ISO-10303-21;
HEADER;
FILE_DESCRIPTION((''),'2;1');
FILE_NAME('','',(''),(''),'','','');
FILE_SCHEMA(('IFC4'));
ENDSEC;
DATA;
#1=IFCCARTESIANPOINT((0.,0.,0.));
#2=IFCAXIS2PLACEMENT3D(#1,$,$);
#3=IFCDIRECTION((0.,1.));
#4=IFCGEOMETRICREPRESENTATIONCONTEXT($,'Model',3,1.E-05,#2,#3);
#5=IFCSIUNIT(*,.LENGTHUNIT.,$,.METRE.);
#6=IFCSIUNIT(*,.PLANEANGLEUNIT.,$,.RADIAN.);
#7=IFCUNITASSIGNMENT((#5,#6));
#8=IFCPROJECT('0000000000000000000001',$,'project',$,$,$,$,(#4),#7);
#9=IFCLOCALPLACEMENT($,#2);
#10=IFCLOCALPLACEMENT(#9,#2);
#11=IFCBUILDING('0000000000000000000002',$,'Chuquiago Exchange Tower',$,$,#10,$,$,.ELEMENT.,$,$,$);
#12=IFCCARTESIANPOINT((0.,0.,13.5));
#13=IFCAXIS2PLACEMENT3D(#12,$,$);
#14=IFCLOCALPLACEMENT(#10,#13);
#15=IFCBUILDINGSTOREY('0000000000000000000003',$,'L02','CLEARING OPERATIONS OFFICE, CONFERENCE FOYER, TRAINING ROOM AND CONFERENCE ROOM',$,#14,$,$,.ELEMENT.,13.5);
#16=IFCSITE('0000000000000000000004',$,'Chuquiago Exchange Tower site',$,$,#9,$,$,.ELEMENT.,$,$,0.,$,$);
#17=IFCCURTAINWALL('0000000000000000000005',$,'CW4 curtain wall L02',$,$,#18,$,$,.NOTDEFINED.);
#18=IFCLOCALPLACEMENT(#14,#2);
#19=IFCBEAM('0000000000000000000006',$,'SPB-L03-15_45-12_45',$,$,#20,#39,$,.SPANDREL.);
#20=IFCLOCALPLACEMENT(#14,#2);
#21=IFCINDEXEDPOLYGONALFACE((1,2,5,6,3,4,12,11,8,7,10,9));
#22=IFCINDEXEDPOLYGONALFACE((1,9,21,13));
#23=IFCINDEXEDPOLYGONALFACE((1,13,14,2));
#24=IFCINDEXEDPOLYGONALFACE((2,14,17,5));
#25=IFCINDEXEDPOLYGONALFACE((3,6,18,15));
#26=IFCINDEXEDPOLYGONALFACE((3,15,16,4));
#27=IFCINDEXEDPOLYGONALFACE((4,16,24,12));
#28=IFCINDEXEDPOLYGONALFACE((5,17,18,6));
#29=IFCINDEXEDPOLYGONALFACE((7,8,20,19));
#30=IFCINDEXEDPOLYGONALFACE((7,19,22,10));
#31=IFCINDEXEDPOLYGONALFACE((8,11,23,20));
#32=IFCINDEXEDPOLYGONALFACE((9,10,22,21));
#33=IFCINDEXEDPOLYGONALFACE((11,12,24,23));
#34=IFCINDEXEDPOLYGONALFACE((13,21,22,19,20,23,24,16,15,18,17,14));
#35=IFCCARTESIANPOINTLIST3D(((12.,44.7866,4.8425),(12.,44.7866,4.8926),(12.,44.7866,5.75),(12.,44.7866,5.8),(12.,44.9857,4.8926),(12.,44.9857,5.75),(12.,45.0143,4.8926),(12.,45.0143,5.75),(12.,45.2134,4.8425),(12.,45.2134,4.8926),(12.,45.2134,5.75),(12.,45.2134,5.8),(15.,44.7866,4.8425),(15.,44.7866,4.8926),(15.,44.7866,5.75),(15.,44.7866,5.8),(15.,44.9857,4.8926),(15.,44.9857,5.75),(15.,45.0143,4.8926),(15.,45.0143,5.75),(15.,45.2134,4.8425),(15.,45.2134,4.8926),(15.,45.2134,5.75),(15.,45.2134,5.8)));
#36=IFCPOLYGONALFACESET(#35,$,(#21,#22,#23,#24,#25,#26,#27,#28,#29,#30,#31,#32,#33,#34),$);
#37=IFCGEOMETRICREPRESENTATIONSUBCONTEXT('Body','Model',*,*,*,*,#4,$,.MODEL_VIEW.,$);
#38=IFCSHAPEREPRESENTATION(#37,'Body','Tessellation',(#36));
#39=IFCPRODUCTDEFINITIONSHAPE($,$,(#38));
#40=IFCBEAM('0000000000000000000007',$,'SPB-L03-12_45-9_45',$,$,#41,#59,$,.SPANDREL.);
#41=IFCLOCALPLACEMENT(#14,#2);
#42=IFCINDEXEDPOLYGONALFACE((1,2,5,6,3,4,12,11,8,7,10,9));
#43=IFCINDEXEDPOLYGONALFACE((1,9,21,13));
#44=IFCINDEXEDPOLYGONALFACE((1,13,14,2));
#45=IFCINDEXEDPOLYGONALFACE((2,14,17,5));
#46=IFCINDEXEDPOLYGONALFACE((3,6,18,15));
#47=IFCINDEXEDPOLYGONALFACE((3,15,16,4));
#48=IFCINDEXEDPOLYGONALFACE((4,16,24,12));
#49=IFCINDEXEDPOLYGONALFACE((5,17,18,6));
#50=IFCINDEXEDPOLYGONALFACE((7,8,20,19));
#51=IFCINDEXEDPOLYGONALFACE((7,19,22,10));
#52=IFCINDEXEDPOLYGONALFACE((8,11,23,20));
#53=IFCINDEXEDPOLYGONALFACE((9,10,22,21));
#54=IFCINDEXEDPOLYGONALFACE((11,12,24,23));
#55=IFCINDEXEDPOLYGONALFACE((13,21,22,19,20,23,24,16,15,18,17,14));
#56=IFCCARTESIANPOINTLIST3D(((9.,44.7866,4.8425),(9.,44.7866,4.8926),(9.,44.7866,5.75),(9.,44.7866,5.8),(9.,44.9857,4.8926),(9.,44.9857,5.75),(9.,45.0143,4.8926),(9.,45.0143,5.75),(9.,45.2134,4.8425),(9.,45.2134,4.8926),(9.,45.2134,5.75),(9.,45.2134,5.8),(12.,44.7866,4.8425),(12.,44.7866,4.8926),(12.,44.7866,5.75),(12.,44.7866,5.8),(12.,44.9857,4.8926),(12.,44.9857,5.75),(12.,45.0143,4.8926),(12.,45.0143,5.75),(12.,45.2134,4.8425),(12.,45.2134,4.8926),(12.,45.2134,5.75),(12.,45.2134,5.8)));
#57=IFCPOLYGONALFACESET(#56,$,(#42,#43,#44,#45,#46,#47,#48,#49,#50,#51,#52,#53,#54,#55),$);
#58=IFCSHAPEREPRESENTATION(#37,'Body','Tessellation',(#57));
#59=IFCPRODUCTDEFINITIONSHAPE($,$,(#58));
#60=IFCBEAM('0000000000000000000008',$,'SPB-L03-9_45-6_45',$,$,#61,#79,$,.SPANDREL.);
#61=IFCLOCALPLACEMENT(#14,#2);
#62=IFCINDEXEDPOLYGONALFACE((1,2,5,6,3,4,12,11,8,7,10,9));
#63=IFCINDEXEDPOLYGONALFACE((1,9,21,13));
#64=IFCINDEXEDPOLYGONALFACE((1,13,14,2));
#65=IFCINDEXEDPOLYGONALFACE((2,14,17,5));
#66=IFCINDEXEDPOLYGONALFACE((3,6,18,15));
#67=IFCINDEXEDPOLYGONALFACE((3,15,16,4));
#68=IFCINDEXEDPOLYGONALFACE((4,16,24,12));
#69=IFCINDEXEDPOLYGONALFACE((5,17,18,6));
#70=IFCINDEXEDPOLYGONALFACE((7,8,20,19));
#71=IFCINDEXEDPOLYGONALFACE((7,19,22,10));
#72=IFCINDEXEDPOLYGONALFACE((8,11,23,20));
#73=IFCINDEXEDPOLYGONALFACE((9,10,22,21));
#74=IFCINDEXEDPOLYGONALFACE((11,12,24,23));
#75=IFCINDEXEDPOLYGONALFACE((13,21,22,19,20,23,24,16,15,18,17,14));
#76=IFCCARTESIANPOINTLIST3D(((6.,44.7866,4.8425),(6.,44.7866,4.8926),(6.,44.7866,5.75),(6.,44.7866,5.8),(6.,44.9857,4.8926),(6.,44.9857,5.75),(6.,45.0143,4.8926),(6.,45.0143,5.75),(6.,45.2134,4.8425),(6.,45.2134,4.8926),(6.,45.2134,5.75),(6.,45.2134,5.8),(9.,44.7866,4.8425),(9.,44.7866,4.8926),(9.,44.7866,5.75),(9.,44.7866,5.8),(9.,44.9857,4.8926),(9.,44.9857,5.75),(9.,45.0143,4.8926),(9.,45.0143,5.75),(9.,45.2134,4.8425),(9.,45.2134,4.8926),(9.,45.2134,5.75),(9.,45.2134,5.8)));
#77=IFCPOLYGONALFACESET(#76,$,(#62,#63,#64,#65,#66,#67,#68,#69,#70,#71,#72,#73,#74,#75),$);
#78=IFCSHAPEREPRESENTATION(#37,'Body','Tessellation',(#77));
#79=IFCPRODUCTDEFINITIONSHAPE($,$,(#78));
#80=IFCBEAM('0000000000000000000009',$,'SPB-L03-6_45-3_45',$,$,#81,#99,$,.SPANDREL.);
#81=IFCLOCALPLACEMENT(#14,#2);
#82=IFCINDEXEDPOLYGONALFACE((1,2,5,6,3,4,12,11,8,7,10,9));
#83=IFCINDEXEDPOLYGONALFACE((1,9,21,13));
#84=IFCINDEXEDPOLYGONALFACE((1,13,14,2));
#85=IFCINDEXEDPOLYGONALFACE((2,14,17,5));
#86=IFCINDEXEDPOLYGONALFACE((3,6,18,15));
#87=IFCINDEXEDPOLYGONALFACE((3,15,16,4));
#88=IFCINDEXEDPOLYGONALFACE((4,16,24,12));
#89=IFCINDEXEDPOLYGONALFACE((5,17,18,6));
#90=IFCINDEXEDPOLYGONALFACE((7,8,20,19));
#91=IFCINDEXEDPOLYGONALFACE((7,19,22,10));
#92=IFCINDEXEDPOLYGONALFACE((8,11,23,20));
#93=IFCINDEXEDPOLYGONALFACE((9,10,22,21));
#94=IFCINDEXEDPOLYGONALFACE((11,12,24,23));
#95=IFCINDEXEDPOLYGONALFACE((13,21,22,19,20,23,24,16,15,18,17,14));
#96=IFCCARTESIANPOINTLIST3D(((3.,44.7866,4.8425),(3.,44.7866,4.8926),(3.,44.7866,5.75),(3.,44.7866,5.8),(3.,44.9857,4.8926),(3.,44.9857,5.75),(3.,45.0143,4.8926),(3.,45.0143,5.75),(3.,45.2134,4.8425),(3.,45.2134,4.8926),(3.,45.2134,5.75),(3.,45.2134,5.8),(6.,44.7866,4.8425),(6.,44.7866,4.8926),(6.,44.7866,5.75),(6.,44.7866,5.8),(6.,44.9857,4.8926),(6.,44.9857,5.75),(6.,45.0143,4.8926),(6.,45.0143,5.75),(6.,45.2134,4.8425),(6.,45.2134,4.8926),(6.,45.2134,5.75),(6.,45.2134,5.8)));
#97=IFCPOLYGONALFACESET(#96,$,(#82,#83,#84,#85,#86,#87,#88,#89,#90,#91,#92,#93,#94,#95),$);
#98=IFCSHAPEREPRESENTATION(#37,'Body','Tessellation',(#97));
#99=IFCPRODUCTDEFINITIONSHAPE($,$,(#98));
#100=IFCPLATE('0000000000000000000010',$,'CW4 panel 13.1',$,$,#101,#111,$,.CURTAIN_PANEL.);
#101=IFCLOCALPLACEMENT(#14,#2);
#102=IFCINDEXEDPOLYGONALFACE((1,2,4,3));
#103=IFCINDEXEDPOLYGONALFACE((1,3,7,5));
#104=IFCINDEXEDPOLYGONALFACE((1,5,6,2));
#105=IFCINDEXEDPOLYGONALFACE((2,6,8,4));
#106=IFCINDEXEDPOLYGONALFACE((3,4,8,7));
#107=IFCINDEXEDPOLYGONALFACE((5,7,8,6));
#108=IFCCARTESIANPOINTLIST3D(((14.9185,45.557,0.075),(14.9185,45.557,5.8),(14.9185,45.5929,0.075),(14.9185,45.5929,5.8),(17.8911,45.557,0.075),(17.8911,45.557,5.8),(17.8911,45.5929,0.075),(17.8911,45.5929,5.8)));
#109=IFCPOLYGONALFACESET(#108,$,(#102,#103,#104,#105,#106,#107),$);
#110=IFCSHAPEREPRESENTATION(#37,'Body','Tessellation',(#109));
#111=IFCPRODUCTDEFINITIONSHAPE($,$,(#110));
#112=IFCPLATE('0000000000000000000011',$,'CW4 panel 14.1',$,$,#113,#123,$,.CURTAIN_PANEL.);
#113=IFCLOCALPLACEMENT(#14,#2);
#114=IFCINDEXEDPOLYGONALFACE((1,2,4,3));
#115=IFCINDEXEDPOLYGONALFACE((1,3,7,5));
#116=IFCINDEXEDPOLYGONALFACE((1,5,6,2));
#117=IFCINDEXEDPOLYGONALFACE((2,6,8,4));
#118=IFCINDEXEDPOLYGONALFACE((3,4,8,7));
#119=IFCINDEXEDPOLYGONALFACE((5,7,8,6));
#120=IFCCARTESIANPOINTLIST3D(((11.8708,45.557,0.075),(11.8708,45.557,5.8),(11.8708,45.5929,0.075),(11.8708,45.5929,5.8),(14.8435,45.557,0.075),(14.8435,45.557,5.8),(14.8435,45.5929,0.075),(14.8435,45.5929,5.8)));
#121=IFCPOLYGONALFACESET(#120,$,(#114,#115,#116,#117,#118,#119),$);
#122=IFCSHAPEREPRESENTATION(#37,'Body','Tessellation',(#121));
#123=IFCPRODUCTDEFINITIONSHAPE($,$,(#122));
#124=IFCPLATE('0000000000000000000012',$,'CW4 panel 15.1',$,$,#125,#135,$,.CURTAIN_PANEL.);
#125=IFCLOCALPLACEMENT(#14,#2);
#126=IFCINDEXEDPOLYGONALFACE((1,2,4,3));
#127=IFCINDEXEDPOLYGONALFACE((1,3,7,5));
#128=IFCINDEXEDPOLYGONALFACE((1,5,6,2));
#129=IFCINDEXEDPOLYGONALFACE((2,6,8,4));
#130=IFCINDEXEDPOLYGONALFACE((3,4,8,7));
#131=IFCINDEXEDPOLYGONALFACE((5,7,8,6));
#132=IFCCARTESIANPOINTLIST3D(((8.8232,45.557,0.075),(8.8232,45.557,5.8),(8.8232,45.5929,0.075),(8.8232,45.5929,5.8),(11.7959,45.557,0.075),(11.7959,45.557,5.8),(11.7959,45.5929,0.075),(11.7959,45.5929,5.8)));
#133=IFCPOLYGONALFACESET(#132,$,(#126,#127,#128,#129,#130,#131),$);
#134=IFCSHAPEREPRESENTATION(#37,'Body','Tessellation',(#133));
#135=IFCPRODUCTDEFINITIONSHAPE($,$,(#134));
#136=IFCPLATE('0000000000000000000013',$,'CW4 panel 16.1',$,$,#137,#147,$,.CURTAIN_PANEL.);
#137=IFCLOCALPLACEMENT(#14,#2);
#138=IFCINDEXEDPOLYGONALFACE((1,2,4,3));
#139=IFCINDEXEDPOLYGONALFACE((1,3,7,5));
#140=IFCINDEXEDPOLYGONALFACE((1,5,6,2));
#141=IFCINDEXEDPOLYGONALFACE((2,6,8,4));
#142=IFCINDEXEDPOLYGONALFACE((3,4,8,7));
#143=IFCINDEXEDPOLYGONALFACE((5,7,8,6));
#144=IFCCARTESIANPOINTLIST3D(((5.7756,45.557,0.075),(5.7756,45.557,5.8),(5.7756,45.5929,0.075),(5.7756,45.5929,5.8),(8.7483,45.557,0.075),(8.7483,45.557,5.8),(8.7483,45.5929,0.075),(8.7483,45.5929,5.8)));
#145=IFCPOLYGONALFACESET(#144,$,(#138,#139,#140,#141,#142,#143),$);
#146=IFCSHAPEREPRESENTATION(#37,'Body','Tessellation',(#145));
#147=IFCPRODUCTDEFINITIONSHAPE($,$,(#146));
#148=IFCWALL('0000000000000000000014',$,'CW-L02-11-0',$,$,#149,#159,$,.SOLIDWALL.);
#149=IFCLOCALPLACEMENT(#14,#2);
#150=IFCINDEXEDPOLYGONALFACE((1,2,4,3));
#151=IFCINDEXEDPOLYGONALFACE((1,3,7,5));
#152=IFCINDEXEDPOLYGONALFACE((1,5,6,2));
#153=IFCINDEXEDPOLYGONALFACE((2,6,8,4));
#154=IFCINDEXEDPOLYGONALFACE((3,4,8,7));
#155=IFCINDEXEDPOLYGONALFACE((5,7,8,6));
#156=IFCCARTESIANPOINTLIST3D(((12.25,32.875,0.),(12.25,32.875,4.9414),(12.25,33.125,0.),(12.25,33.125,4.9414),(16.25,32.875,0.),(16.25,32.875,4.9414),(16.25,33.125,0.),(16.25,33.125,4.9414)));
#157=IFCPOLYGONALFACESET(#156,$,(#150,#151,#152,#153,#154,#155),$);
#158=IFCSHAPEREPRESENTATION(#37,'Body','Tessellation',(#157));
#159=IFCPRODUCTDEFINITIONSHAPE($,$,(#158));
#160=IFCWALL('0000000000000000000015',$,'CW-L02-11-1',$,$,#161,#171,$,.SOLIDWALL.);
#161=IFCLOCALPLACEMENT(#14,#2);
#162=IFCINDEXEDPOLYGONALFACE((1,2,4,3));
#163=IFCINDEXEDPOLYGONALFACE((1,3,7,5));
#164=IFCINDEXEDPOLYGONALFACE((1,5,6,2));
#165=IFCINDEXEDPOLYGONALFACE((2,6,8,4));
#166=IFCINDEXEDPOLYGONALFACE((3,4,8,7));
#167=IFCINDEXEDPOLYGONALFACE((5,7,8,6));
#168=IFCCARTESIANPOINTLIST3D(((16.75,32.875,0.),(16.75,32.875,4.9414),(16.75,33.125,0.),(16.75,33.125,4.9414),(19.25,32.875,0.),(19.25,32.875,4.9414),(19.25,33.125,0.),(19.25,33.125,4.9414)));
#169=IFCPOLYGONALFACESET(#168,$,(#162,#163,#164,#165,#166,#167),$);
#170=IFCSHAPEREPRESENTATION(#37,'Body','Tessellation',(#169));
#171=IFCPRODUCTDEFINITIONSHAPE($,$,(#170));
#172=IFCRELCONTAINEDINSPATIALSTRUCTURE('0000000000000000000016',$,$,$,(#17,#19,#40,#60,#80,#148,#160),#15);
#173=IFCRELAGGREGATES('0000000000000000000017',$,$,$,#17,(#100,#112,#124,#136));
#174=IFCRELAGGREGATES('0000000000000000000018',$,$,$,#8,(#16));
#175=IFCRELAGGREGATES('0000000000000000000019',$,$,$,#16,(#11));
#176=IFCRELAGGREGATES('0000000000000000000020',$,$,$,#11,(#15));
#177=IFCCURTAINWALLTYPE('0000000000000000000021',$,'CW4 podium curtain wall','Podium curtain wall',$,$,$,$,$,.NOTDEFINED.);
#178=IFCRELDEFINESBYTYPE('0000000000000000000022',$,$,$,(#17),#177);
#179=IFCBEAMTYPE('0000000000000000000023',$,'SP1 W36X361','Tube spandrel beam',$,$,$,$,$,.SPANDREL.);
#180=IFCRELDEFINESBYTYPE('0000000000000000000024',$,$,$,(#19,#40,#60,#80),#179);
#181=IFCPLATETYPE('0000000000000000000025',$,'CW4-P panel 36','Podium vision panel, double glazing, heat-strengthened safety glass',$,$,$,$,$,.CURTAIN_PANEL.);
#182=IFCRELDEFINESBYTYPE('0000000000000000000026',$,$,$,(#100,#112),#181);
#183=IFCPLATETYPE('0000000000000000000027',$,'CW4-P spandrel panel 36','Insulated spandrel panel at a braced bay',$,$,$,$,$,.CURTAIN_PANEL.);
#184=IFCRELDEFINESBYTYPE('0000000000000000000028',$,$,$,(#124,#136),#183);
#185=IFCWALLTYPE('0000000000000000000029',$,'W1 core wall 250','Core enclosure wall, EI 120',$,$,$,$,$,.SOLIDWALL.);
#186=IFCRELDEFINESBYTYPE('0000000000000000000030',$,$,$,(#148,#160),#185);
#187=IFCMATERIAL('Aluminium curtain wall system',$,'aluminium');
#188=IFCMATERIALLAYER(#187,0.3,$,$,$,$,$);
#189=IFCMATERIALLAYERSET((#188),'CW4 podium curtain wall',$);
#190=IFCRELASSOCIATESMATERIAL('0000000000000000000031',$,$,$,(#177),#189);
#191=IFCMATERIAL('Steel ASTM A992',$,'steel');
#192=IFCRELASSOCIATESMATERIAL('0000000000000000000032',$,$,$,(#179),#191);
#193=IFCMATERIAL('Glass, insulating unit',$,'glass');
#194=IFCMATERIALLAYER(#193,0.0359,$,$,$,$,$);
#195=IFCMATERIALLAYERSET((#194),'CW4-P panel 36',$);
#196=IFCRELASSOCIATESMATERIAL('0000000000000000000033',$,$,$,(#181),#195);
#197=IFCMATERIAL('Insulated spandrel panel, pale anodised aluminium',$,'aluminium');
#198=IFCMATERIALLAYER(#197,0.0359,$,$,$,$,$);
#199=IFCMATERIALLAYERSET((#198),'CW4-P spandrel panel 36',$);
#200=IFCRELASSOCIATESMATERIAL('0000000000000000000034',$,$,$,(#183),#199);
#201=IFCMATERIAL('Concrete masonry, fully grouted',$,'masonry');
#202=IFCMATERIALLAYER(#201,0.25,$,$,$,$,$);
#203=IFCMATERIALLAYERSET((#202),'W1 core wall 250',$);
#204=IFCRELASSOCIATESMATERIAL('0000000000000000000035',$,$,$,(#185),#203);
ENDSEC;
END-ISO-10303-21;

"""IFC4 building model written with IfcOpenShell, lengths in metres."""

from ifc_helpers import new_model, si_unit, direction, frame, frame_2d, origin, origin_2d, place, context, subcontext, project, spatial, rectangle, i_section, extrude, material, layer, layer_set, material_profile, profile_set, type_object, element, aggregate, save


model = new_model("IFC4")

# Units and contexts
model_context = context("Model", 3, precision=1e-05, world=origin(), true_north=direction((0.0, 1.0)))
body_context = subcontext(model_context, "Body", "Model", "MODEL_VIEW")
ifc_project = project(units=[si_unit("LENGTHUNIT", "METRE"), si_unit("PLANEANGLEUNIT", "RADIAN")], contexts=[model_context])

# Site, building, storey
site_placement = place(None, origin())
site = spatial("IfcSite", under=ifc_project, at=site_placement, Name="Chuquiago Exchange Tower site", CompositionType="ELEMENT", RefElevation=0.0)
building_placement = place(site_placement, origin())
building = spatial("IfcBuilding", under=site, at=building_placement, Name="Chuquiago Exchange Tower", CompositionType="ELEMENT")
storey_placement = place(building_placement, frame((0.0, 0.0, 13.5)))
storey = spatial("IfcBuildingStorey", under=building, at=storey_placement, Name="L02", Description="CLEARING OPERATIONS OFFICE, CONFERENCE FOYER, TRAINING ROOM AND CONFERENCE ROOM", CompositionType="ELEMENT", Elevation=13.5)

# Curtain wall
ifc_material_1 = material(Name="Aluminium curtain wall system", Category="aluminium")
ifc_layer_1 = layer(ifc_material_1, 0.3)
ifc_layer_set_1 = layer_set([ifc_layer_1], Name="CW4 podium curtain wall")
curtain_wall_type = type_object("IfcCurtainWallType", Name="CW4 podium curtain wall", Description="Podium curtain wall", PredefinedType="NOTDEFINED", material=ifc_layer_set_1)
curtain_wall_placement = place(storey_placement, origin())
curtain_wall = element("IfcCurtainWall", 1, at=curtain_wall_placement, inside=storey, type_object=curtain_wall_type, Name="CW4 curtain wall L02", PredefinedType="NOTDEFINED")

# Beams
ifc_material_2 = material(Name="Steel ASTM A992", Category="steel")
ifc_material_profile_1 = material_profile(ifc_material_2, i_section(OverallWidth=0.4268, OverallDepth=0.9575, WebThickness=0.0286, FlangeThickness=0.05, at=origin_2d()), Name="W36X361")
ifc_profile_set_1 = profile_set([ifc_material_profile_1], Name="Steel ASTM A992")
beam_type_1 = type_object("IfcBeamType", Name="SP1 W36X361", Description="Tube spandrel beam", PredefinedType="SPANDREL", material=ifc_profile_set_1)
for number, where, z_axis, x_axis, name in (
    (2, (15.0, 45.0, 5.3213), (-1.0, 0.0, 0.0), (0.0, -1.0, 0.0), "SPB-L03-15_45-12_45"),
    (3, (12.0, 45.0, 5.3213), (-1.0, 0.0, 0.0), (0.0, -1.0, 0.0), "SPB-L03-12_45-9_45"),
    (4, (9.0, 45.0, 5.3213), (-1.0, 0.0, 0.0), (0.0, -1.0, 0.0), "SPB-L03-9_45-6_45"),
    (5, (6.0, 45.0, 5.3213), (-1.0, 0.0, 0.0), (0.0, -1.0, 0.0), "SPB-L03-6_45-3_45"),
):
    element("IfcBeam", number, at=place(storey_placement, frame(where, z_axis=z_axis, x_axis=x_axis)), inside=storey, type_object=beam_type_1, Name=name, PredefinedType="SPANDREL", context=body_context, shape_type="SweptSolid", body=[
        extrude(i_section(OverallWidth=0.4268, OverallDepth=0.9575, WebThickness=0.0286, FlangeThickness=0.05, at=origin_2d()), origin(), (0.0, 0.0, 1.0), 3.0),
    ])

# Plates
ifc_material_3 = material(Name="Glass, insulating unit", Category="glass")
ifc_layer_2 = layer(ifc_material_3, 0.0359)
ifc_layer_set_2 = layer_set([ifc_layer_2], Name="CW4-P panel 36")
plate_type_1 = type_object("IfcPlateType", Name="CW4-P panel 36", Description="Podium vision panel, double glazing, heat-strengthened safety glass", PredefinedType="CURTAIN_PANEL", material=ifc_layer_set_2)
plate_1_placement = place(storey_placement, frame((16.4048, 45.575, 0.075), z_axis=(0.0, 0.0, 1.0), x_axis=(-1.0, 0.0, 0.0)))
plate_1 = element("IfcPlate", 6, at=plate_1_placement, type_object=plate_type_1, Name="CW4 panel 13.1", PredefinedType="CURTAIN_PANEL", context=body_context, shape_type="SweptSolid", body=[
    extrude(rectangle(XDim=2.9727, YDim=0.0359, at=origin_2d()), origin(), (0.0, 0.0, 1.0), 5.7251),
])
plate_2_placement = place(storey_placement, frame((13.3572, 45.575, 0.075), z_axis=(0.0, 0.0, 1.0), x_axis=(-1.0, 0.0, 0.0)))
plate_2 = element("IfcPlate", 7, at=plate_2_placement, type_object=plate_type_1, Name="CW4 panel 14.1", PredefinedType="CURTAIN_PANEL", context=body_context, shape_type="SweptSolid", body=[
    extrude(rectangle(XDim=2.9727, YDim=0.0359, at=origin_2d()), origin(), (0.0, 0.0, 1.0), 5.7251),
])
ifc_material_4 = material(Name="Insulated spandrel panel, pale anodised aluminium", Category="aluminium")
ifc_layer_3 = layer(ifc_material_4, 0.0359)
ifc_layer_set_3 = layer_set([ifc_layer_3], Name="CW4-P spandrel panel 36")
plate_type_2 = type_object("IfcPlateType", Name="CW4-P spandrel panel 36", Description="Insulated spandrel panel at a braced bay", PredefinedType="CURTAIN_PANEL", material=ifc_layer_set_3)
plate_3_placement = place(storey_placement, frame((10.3096, 45.575, 0.075), z_axis=(0.0, 0.0, 1.0), x_axis=(-1.0, 0.0, 0.0)))
plate_3 = element("IfcPlate", 8, at=plate_3_placement, type_object=plate_type_2, Name="CW4 panel 15.1", PredefinedType="CURTAIN_PANEL", context=body_context, shape_type="SweptSolid", body=[
    extrude(rectangle(XDim=2.9727, YDim=0.0359, at=origin_2d()), origin(), (0.0, 0.0, 1.0), 5.7251),
])
plate_4_placement = place(storey_placement, frame((7.262, 45.575, 0.075), z_axis=(0.0, 0.0, 1.0), x_axis=(-1.0, 0.0, 0.0)))
plate_4 = element("IfcPlate", 9, at=plate_4_placement, type_object=plate_type_2, Name="CW4 panel 16.1", PredefinedType="CURTAIN_PANEL", context=body_context, shape_type="SweptSolid", body=[
    extrude(rectangle(XDim=2.9727, YDim=0.0359, at=origin_2d()), origin(), (0.0, 0.0, 1.0), 5.7251),
])
aggregate(curtain_wall, [plate_1, plate_2, plate_3, plate_4])

# Walls
ifc_material_5 = material(Name="Concrete masonry, fully grouted", Category="masonry")
ifc_layer_4 = layer(ifc_material_5, 0.25)
ifc_layer_set_4 = layer_set([ifc_layer_4], Name="W1 core wall 250")
wall_type = type_object("IfcWallType", Name="W1 core wall 250", Description="Core enclosure wall, EI 120", PredefinedType="SOLIDWALL", material=ifc_layer_set_4)
wall_1_placement = place(storey_placement, frame((12.25, 33.0, 0.0), z_axis=(0.0, 0.0, 1.0), x_axis=(1.0, 0.0, 0.0)))
element("IfcWall", 10, at=wall_1_placement, inside=storey, type_object=wall_type, Name="CW-L02-11-0", PredefinedType="SOLIDWALL", context=body_context, shape_type="SweptSolid", body=[
    extrude(rectangle(XDim=4.0, YDim=0.25, at=frame_2d((2.0, 0.0))), origin(), (0.0, 0.0, 1.0), 4.9414),
])
wall_2_placement = place(storey_placement, frame((16.75, 33.0, 0.0), z_axis=(0.0, 0.0, 1.0), x_axis=(1.0, 0.0, 0.0)))
element("IfcWall", 11, at=wall_2_placement, inside=storey, type_object=wall_type, Name="CW-L02-11-1", PredefinedType="SOLIDWALL", context=body_context, shape_type="SweptSolid", body=[
    extrude(rectangle(XDim=2.5, YDim=0.25, at=frame_2d((1.25, 0.0))), origin(), (0.0, 0.0, 1.0), 4.9414),
])

save(model, "model.ifc")
